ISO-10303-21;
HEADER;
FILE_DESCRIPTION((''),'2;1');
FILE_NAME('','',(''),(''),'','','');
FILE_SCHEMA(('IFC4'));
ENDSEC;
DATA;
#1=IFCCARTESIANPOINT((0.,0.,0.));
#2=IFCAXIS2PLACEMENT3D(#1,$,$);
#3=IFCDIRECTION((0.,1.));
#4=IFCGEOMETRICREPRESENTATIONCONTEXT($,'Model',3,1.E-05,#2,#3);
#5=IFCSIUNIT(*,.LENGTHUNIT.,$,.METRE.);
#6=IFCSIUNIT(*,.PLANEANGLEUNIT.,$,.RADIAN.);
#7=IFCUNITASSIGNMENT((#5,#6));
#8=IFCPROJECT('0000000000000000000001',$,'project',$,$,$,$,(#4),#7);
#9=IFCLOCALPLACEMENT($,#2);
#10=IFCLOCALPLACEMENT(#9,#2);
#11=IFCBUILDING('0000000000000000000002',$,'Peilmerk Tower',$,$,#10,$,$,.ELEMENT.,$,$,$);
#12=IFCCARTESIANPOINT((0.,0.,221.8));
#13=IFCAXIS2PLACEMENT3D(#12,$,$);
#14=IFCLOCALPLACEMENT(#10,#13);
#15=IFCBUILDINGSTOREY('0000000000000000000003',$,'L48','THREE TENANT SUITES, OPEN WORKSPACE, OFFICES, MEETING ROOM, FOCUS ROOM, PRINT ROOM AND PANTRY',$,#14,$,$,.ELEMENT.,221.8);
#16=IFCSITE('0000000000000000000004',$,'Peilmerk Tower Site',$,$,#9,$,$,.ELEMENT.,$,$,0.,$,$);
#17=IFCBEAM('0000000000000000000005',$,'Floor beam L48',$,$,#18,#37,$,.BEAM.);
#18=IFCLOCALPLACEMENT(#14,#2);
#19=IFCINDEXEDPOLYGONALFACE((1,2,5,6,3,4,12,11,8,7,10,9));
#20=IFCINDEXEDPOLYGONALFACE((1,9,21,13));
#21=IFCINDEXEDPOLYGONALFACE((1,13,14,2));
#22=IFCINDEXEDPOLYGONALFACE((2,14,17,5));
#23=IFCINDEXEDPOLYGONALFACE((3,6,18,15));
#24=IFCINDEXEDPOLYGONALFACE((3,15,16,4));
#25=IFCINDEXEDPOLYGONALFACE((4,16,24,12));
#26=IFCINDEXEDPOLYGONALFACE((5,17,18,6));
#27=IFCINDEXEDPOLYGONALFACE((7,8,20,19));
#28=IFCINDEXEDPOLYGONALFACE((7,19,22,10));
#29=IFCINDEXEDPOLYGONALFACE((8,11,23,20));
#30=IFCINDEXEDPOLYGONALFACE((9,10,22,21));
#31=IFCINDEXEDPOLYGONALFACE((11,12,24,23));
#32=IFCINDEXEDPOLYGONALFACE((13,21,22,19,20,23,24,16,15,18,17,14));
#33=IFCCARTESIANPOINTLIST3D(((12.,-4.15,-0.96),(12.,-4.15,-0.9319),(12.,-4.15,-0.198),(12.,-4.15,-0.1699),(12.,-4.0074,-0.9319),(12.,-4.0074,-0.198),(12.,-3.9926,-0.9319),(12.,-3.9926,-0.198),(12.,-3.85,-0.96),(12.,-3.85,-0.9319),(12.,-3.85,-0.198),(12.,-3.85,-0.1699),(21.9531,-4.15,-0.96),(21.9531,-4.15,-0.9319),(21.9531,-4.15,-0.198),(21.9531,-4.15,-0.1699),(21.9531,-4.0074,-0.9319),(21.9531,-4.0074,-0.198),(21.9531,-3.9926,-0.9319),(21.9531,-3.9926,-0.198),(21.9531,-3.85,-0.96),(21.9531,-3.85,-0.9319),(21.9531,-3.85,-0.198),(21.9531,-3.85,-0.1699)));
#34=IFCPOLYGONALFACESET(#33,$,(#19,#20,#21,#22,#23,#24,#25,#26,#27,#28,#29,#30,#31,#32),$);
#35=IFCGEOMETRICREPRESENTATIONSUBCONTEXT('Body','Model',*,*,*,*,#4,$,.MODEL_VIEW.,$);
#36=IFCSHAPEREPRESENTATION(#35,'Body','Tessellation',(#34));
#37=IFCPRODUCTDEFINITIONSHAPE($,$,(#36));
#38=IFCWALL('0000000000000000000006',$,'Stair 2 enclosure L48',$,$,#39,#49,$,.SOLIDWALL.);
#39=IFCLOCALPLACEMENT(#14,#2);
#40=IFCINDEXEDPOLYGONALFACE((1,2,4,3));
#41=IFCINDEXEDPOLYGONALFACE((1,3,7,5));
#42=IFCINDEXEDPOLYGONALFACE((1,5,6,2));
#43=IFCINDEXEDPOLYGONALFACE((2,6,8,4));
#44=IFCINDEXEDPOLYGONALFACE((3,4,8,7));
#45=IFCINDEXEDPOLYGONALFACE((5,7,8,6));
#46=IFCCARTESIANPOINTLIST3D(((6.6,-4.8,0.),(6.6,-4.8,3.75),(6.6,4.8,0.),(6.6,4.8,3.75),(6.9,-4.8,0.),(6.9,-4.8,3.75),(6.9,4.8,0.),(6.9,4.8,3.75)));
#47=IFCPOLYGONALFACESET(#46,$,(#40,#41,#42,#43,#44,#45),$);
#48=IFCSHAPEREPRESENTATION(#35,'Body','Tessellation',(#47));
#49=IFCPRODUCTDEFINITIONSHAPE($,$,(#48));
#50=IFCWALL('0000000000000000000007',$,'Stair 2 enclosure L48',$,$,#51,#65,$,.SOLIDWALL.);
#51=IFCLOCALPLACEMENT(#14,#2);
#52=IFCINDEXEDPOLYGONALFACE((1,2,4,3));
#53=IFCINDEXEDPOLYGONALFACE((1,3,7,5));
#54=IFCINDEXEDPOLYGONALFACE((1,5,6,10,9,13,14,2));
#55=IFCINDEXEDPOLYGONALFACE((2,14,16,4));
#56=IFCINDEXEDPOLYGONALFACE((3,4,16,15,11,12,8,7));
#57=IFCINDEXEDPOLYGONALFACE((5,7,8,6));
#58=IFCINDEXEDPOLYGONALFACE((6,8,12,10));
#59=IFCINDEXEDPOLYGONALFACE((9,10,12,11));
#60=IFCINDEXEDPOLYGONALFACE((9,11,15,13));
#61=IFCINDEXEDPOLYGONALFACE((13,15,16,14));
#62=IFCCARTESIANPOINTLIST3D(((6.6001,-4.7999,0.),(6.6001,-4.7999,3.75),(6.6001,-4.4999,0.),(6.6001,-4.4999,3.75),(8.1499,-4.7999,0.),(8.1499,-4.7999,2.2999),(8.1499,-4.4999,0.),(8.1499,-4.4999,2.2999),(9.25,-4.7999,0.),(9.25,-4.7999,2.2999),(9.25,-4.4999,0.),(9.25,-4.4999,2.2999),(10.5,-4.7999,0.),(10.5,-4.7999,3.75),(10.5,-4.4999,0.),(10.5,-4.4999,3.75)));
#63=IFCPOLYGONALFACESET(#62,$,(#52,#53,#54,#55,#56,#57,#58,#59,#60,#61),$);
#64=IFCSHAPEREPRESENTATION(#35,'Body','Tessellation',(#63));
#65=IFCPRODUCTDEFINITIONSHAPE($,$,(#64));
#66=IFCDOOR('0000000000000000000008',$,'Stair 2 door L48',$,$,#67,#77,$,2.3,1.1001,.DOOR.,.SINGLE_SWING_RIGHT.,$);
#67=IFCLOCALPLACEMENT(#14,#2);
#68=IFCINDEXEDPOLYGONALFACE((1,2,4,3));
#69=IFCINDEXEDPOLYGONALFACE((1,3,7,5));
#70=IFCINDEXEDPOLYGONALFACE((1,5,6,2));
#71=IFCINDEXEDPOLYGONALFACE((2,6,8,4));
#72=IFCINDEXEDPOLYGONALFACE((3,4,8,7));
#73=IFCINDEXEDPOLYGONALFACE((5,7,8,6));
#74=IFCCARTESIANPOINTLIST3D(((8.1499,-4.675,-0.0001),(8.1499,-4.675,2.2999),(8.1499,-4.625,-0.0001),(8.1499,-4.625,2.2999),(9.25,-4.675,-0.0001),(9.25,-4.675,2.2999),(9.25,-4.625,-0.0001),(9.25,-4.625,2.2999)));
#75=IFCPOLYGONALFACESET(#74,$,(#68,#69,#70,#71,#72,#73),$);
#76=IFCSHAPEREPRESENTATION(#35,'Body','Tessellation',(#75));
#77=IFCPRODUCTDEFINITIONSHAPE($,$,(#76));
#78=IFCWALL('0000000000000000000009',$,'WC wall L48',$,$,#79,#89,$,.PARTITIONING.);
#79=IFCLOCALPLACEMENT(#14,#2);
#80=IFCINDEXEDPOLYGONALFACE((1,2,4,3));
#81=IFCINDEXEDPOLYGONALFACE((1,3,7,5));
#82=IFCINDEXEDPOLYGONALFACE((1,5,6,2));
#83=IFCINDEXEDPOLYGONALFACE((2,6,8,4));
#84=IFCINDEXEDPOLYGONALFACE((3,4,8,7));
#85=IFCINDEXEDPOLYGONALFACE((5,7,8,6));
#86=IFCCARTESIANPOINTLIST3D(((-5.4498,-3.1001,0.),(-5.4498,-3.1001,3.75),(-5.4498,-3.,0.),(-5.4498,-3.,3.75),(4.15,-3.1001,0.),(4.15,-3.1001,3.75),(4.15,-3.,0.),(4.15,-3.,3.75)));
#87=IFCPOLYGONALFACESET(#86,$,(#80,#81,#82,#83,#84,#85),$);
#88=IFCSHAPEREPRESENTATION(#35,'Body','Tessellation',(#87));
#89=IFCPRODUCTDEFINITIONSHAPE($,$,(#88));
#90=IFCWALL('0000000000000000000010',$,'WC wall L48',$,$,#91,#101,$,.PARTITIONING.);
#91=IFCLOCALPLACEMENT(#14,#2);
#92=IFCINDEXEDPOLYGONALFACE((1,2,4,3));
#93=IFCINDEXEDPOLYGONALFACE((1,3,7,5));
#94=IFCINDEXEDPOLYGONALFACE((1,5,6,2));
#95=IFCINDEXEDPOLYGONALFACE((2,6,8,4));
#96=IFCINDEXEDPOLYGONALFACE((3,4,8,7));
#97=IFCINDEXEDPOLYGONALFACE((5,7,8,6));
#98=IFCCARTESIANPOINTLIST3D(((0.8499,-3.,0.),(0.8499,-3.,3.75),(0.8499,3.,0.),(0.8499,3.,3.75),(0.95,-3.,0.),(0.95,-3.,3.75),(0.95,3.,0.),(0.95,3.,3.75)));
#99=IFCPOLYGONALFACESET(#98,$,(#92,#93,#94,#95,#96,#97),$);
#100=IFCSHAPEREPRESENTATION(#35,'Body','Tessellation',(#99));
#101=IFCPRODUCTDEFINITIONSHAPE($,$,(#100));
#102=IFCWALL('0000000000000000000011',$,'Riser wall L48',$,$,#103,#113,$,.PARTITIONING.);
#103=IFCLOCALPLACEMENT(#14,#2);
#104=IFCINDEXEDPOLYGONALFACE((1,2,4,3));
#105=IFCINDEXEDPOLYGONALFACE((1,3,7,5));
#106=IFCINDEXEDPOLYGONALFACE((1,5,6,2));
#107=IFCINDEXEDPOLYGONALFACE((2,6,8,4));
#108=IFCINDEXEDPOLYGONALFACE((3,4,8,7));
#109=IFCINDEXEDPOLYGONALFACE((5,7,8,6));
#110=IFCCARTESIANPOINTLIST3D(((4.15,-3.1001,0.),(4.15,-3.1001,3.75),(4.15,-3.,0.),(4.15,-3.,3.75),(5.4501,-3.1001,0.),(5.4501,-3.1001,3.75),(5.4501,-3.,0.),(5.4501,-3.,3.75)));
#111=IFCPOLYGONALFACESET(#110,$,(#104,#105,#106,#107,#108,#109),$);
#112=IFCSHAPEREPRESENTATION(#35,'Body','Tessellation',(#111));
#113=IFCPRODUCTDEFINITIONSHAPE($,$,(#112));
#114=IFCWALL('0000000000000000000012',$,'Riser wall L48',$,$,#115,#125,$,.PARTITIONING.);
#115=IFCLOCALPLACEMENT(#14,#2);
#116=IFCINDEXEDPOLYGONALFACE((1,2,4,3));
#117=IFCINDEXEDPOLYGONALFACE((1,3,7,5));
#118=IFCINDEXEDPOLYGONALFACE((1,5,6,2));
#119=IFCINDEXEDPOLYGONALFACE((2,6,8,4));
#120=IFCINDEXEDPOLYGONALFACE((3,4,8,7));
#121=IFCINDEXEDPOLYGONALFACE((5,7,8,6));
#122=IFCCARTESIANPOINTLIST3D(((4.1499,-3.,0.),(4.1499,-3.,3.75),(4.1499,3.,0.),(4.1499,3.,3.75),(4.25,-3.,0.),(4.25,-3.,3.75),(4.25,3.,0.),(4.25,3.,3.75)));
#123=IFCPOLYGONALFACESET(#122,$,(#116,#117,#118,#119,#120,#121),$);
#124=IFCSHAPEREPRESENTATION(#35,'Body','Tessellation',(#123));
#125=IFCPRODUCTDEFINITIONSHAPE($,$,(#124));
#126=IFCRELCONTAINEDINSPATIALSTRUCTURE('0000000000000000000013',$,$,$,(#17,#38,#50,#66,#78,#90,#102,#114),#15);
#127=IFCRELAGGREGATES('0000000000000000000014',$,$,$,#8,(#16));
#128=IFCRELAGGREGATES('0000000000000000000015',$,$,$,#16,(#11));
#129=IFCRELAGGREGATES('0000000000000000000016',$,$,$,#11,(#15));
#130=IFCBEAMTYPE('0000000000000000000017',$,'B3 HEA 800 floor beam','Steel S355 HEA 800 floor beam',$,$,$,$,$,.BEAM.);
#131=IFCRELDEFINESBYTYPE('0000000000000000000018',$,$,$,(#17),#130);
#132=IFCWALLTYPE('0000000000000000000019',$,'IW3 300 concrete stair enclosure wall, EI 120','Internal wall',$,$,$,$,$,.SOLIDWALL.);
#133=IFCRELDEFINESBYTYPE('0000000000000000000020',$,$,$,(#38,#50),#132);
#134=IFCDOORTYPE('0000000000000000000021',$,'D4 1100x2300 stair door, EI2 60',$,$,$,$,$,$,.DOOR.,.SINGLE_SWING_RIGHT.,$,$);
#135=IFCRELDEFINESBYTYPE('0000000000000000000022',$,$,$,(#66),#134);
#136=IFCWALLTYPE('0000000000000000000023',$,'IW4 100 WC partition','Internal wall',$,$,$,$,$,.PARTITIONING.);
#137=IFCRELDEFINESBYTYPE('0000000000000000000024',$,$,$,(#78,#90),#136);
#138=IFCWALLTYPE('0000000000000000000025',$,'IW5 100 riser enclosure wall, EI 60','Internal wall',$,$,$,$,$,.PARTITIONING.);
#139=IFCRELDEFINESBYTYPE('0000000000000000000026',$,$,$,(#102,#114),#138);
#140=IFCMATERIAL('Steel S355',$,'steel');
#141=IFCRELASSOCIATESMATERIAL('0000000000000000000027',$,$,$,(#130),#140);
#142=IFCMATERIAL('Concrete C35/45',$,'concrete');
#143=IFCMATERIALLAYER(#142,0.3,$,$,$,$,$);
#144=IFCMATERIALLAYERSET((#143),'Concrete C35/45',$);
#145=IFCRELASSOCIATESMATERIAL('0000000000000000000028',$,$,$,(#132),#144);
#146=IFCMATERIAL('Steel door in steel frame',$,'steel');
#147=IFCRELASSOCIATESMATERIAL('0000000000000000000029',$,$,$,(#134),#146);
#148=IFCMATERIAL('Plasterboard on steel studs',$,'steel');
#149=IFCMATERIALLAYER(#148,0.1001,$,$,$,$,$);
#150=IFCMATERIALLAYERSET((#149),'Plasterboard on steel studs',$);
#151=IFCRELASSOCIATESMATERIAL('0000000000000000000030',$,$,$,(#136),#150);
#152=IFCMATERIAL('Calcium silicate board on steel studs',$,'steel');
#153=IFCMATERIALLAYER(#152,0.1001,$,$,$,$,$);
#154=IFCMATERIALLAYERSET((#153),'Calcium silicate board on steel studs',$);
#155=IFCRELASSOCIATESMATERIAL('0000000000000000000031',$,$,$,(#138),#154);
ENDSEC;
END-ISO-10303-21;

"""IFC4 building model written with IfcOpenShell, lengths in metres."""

from ifc_helpers import new_model, si_unit, direction, frame, frame_2d, origin, origin_2d, place, context, subcontext, project, spatial, rectangle, i_section, extrude, material, layer, layer_set, material_profile, profile_set, type_object, element, fill, save


model = new_model("IFC4")

# Units and contexts
model_context = context("Model", 3, precision=1e-05, world=origin(), true_north=direction((0.0, 1.0)))
body_context = subcontext(model_context, "Body", "Model", "MODEL_VIEW")
ifc_project = project(units=[si_unit("LENGTHUNIT", "METRE"), si_unit("PLANEANGLEUNIT", "RADIAN")], contexts=[model_context])

# Site, building, storey
site_placement = place(None, origin())
site = spatial("IfcSite", under=ifc_project, at=site_placement, Name="Peilmerk Tower Site", CompositionType="ELEMENT", RefElevation=0.0)
building_placement = place(site_placement, origin())
building = spatial("IfcBuilding", under=site, at=building_placement, Name="Peilmerk Tower", CompositionType="ELEMENT")
storey_placement = place(building_placement, frame((0.0, 0.0, 221.8)))
storey = spatial("IfcBuildingStorey", under=building, at=storey_placement, Name="L48", Description="THREE TENANT SUITES, OPEN WORKSPACE, OFFICES, MEETING ROOM, FOCUS ROOM, PRINT ROOM AND PANTRY", CompositionType="ELEMENT", Elevation=221.8)

# Beam
ifc_material_1 = material(Name="Steel S355", Category="steel")
ifc_material_profile = material_profile(ifc_material_1, i_section(OverallWidth=0.3, OverallDepth=0.79, WebThickness=0.0149, FlangeThickness=0.0281, at=origin_2d()), Name="HEA 800")
ifc_profile_set = profile_set([ifc_material_profile], Name="Steel S355")
beam_type = type_object("IfcBeamType", Name="B3 HEA 800 floor beam", Description="Steel S355 HEA 800 floor beam", PredefinedType="BEAM", material=ifc_profile_set)
beam_placement = place(storey_placement, frame((12.0, -4.0, -0.5649), z_axis=(1.0, 0.0, 0.0), x_axis=(0.0, 1.0, 0.0)))
element("IfcBeam", 1, at=beam_placement, inside=storey, type_object=beam_type, Name="Floor beam L48", PredefinedType="BEAM", context=body_context, shape_type="SweptSolid", body=[
    extrude(i_section(OverallWidth=0.3, OverallDepth=0.79, WebThickness=0.0149, FlangeThickness=0.0281, at=origin_2d()), origin(), (0.0, 0.0, 1.0), 9.9531),
])

# Wall
ifc_material_2 = material(Name="Concrete C35/45", Category="concrete")
ifc_layer_1 = layer(ifc_material_2, 0.3)
ifc_layer_set_1 = layer_set([ifc_layer_1], Name="Concrete C35/45")
wall_type_1 = type_object("IfcWallType", Name="IW3 300 concrete stair enclosure wall, EI 120", Description="Internal wall", PredefinedType="SOLIDWALL", material=ifc_layer_set_1)
wall_1_placement = place(storey_placement, frame((6.75, -4.8, 0.0), z_axis=(0.0, 0.0, 1.0), x_axis=(0.0, 1.0, 0.0)))
element("IfcWall", 2, at=wall_1_placement, inside=storey, type_object=wall_type_1, Name="Stair 2 enclosure L48", PredefinedType="SOLIDWALL", context=body_context, shape_type="SweptSolid", body=[
    extrude(rectangle(XDim=9.6001, YDim=0.3, at=frame_2d((4.8, 0.0))), origin(), (0.0, 0.0, 1.0), 3.75),
])

# Wall, opening, door
wall_2_placement = place(storey_placement, frame((10.5, -4.6499, 0.0), z_axis=(0.0, 0.0, 1.0), x_axis=(-1.0, 0.0, 0.0)))
wall_2 = element("IfcWall", 3, at=wall_2_placement, inside=storey, type_object=wall_type_1, Name="Stair 2 enclosure L48", PredefinedType="SOLIDWALL", context=body_context, shape_type="SweptSolid", body=[
    extrude(rectangle(XDim=3.8999, YDim=0.3, at=frame_2d((1.95, 0.0))), origin(), (0.0, 0.0, 1.0), 3.75),
])
opening_1_placement = place(wall_2_placement, frame((1.25, 0.0, 0.0)))
opening_1 = element("IfcOpeningElement", 4, at=opening_1_placement, cuts=wall_2, PredefinedType="OPENING", context=body_context, shape_type="SweptSolid", body=[
    extrude(rectangle(XDim=1.1001, YDim=2.3, at=frame_2d((0.55, 1.1499))), frame((0.0, 0.1599, 0.0), z_axis=(0.0, -1.0, 0.0), x_axis=(1.0, 0.0, 0.0)), (0.0, 0.0, 1.0), 0.3201),
])
ifc_material_3 = material(Name="Steel door in steel frame", Category="steel")
door_type_1 = type_object("IfcDoorType", Name="D4 1100x2300 stair door, EI2 60", OperationType="SINGLE_SWING_RIGHT", PredefinedType="DOOR", material=ifc_material_3)
door_1_placement = place(opening_1_placement, frame((1.1001, 0.0, 0.0), z_axis=(0.0, 0.0, 1.0), x_axis=(-1.0, 0.0, 0.0)))
door_1 = element("IfcDoor", 5, at=door_1_placement, inside=storey, type_object=door_type_1, Name="Stair 2 door L48", OperationType="SINGLE_SWING_RIGHT", OverallHeight=2.3, OverallWidth=1.1001, PredefinedType="DOOR", context=body_context, shape_type="SweptSolid", body=[
    extrude(rectangle(XDim=1.1001, YDim=2.3, at=frame_2d((0.55, 1.1499))), frame((0.0, 0.0249, 0.0), z_axis=(0.0, -1.0, 0.0), x_axis=(1.0, 0.0, 0.0)), (0.0, 0.0, 1.0), 0.05),
])
fill(opening_1, door_1)

# Walls
ifc_material_4 = material(Name="Plasterboard on steel studs", Category="steel")
ifc_layer_2 = layer(ifc_material_4, 0.1001)
ifc_layer_set_2 = layer_set([ifc_layer_2], Name="Plasterboard on steel studs")
wall_type_2 = type_object("IfcWallType", Name="IW4 100 WC partition", Description="Internal wall", PredefinedType="PARTITIONING", material=ifc_layer_set_2)
wall_3_placement = place(storey_placement, frame((4.1499, -3.05, 0.0), z_axis=(0.0, 0.0, 1.0), x_axis=(-1.0, 0.0, 0.0)))
element("IfcWall", 6, at=wall_3_placement, inside=storey, type_object=wall_type_2, Name="WC wall L48", PredefinedType="PARTITIONING", context=body_context, shape_type="SweptSolid", body=[
    extrude(rectangle(XDim=9.5999, YDim=0.1001, at=frame_2d((4.7998, 0.0))), origin(), (0.0, 0.0, 1.0), 3.75),
])
wall_4_placement = place(storey_placement, frame((0.8999, -3.0, 0.0), z_axis=(0.0, 0.0, 1.0), x_axis=(0.0, 1.0, 0.0)))
element("IfcWall", 7, at=wall_4_placement, inside=storey, type_object=wall_type_2, Name="WC wall L48", PredefinedType="PARTITIONING", context=body_context, shape_type="SweptSolid", body=[
    extrude(rectangle(XDim=6.0, YDim=0.1001, at=frame_2d((3.0, 0.0))), origin(), (0.0, 0.0, 1.0), 3.75),
])
ifc_material_5 = material(Name="Calcium silicate board on steel studs", Category="steel")
ifc_layer_3 = layer(ifc_material_5, 0.1001)
ifc_layer_set_3 = layer_set([ifc_layer_3], Name="Calcium silicate board on steel studs")
wall_type_3 = type_object("IfcWallType", Name="IW5 100 riser enclosure wall, EI 60", Description="Internal wall", PredefinedType="PARTITIONING", material=ifc_layer_set_3)
wall_5_placement = place(storey_placement, frame((5.45, -3.05, 0.0), z_axis=(0.0, 0.0, 1.0), x_axis=(-1.0, 0.0, 0.0)))
element("IfcWall", 8, at=wall_5_placement, inside=storey, type_object=wall_type_3, Name="Riser wall L48", PredefinedType="PARTITIONING", context=body_context, shape_type="SweptSolid", body=[
    extrude(rectangle(XDim=1.3, YDim=0.1001, at=frame_2d((0.6499, 0.0))), origin(), (0.0, 0.0, 1.0), 3.75),
])
wall_6_placement = place(storey_placement, frame((4.2, -3.0, 0.0), z_axis=(0.0, 0.0, 1.0), x_axis=(0.0, 1.0, 0.0)))
element("IfcWall", 9, at=wall_6_placement, inside=storey, type_object=wall_type_3, Name="Riser wall L48", PredefinedType="PARTITIONING", context=body_context, shape_type="SweptSolid", body=[
    extrude(rectangle(XDim=6.0, YDim=0.1001, at=frame_2d((3.0, 0.0))), origin(), (0.0, 0.0, 1.0), 3.75),
])

save(model, "model.ifc")
